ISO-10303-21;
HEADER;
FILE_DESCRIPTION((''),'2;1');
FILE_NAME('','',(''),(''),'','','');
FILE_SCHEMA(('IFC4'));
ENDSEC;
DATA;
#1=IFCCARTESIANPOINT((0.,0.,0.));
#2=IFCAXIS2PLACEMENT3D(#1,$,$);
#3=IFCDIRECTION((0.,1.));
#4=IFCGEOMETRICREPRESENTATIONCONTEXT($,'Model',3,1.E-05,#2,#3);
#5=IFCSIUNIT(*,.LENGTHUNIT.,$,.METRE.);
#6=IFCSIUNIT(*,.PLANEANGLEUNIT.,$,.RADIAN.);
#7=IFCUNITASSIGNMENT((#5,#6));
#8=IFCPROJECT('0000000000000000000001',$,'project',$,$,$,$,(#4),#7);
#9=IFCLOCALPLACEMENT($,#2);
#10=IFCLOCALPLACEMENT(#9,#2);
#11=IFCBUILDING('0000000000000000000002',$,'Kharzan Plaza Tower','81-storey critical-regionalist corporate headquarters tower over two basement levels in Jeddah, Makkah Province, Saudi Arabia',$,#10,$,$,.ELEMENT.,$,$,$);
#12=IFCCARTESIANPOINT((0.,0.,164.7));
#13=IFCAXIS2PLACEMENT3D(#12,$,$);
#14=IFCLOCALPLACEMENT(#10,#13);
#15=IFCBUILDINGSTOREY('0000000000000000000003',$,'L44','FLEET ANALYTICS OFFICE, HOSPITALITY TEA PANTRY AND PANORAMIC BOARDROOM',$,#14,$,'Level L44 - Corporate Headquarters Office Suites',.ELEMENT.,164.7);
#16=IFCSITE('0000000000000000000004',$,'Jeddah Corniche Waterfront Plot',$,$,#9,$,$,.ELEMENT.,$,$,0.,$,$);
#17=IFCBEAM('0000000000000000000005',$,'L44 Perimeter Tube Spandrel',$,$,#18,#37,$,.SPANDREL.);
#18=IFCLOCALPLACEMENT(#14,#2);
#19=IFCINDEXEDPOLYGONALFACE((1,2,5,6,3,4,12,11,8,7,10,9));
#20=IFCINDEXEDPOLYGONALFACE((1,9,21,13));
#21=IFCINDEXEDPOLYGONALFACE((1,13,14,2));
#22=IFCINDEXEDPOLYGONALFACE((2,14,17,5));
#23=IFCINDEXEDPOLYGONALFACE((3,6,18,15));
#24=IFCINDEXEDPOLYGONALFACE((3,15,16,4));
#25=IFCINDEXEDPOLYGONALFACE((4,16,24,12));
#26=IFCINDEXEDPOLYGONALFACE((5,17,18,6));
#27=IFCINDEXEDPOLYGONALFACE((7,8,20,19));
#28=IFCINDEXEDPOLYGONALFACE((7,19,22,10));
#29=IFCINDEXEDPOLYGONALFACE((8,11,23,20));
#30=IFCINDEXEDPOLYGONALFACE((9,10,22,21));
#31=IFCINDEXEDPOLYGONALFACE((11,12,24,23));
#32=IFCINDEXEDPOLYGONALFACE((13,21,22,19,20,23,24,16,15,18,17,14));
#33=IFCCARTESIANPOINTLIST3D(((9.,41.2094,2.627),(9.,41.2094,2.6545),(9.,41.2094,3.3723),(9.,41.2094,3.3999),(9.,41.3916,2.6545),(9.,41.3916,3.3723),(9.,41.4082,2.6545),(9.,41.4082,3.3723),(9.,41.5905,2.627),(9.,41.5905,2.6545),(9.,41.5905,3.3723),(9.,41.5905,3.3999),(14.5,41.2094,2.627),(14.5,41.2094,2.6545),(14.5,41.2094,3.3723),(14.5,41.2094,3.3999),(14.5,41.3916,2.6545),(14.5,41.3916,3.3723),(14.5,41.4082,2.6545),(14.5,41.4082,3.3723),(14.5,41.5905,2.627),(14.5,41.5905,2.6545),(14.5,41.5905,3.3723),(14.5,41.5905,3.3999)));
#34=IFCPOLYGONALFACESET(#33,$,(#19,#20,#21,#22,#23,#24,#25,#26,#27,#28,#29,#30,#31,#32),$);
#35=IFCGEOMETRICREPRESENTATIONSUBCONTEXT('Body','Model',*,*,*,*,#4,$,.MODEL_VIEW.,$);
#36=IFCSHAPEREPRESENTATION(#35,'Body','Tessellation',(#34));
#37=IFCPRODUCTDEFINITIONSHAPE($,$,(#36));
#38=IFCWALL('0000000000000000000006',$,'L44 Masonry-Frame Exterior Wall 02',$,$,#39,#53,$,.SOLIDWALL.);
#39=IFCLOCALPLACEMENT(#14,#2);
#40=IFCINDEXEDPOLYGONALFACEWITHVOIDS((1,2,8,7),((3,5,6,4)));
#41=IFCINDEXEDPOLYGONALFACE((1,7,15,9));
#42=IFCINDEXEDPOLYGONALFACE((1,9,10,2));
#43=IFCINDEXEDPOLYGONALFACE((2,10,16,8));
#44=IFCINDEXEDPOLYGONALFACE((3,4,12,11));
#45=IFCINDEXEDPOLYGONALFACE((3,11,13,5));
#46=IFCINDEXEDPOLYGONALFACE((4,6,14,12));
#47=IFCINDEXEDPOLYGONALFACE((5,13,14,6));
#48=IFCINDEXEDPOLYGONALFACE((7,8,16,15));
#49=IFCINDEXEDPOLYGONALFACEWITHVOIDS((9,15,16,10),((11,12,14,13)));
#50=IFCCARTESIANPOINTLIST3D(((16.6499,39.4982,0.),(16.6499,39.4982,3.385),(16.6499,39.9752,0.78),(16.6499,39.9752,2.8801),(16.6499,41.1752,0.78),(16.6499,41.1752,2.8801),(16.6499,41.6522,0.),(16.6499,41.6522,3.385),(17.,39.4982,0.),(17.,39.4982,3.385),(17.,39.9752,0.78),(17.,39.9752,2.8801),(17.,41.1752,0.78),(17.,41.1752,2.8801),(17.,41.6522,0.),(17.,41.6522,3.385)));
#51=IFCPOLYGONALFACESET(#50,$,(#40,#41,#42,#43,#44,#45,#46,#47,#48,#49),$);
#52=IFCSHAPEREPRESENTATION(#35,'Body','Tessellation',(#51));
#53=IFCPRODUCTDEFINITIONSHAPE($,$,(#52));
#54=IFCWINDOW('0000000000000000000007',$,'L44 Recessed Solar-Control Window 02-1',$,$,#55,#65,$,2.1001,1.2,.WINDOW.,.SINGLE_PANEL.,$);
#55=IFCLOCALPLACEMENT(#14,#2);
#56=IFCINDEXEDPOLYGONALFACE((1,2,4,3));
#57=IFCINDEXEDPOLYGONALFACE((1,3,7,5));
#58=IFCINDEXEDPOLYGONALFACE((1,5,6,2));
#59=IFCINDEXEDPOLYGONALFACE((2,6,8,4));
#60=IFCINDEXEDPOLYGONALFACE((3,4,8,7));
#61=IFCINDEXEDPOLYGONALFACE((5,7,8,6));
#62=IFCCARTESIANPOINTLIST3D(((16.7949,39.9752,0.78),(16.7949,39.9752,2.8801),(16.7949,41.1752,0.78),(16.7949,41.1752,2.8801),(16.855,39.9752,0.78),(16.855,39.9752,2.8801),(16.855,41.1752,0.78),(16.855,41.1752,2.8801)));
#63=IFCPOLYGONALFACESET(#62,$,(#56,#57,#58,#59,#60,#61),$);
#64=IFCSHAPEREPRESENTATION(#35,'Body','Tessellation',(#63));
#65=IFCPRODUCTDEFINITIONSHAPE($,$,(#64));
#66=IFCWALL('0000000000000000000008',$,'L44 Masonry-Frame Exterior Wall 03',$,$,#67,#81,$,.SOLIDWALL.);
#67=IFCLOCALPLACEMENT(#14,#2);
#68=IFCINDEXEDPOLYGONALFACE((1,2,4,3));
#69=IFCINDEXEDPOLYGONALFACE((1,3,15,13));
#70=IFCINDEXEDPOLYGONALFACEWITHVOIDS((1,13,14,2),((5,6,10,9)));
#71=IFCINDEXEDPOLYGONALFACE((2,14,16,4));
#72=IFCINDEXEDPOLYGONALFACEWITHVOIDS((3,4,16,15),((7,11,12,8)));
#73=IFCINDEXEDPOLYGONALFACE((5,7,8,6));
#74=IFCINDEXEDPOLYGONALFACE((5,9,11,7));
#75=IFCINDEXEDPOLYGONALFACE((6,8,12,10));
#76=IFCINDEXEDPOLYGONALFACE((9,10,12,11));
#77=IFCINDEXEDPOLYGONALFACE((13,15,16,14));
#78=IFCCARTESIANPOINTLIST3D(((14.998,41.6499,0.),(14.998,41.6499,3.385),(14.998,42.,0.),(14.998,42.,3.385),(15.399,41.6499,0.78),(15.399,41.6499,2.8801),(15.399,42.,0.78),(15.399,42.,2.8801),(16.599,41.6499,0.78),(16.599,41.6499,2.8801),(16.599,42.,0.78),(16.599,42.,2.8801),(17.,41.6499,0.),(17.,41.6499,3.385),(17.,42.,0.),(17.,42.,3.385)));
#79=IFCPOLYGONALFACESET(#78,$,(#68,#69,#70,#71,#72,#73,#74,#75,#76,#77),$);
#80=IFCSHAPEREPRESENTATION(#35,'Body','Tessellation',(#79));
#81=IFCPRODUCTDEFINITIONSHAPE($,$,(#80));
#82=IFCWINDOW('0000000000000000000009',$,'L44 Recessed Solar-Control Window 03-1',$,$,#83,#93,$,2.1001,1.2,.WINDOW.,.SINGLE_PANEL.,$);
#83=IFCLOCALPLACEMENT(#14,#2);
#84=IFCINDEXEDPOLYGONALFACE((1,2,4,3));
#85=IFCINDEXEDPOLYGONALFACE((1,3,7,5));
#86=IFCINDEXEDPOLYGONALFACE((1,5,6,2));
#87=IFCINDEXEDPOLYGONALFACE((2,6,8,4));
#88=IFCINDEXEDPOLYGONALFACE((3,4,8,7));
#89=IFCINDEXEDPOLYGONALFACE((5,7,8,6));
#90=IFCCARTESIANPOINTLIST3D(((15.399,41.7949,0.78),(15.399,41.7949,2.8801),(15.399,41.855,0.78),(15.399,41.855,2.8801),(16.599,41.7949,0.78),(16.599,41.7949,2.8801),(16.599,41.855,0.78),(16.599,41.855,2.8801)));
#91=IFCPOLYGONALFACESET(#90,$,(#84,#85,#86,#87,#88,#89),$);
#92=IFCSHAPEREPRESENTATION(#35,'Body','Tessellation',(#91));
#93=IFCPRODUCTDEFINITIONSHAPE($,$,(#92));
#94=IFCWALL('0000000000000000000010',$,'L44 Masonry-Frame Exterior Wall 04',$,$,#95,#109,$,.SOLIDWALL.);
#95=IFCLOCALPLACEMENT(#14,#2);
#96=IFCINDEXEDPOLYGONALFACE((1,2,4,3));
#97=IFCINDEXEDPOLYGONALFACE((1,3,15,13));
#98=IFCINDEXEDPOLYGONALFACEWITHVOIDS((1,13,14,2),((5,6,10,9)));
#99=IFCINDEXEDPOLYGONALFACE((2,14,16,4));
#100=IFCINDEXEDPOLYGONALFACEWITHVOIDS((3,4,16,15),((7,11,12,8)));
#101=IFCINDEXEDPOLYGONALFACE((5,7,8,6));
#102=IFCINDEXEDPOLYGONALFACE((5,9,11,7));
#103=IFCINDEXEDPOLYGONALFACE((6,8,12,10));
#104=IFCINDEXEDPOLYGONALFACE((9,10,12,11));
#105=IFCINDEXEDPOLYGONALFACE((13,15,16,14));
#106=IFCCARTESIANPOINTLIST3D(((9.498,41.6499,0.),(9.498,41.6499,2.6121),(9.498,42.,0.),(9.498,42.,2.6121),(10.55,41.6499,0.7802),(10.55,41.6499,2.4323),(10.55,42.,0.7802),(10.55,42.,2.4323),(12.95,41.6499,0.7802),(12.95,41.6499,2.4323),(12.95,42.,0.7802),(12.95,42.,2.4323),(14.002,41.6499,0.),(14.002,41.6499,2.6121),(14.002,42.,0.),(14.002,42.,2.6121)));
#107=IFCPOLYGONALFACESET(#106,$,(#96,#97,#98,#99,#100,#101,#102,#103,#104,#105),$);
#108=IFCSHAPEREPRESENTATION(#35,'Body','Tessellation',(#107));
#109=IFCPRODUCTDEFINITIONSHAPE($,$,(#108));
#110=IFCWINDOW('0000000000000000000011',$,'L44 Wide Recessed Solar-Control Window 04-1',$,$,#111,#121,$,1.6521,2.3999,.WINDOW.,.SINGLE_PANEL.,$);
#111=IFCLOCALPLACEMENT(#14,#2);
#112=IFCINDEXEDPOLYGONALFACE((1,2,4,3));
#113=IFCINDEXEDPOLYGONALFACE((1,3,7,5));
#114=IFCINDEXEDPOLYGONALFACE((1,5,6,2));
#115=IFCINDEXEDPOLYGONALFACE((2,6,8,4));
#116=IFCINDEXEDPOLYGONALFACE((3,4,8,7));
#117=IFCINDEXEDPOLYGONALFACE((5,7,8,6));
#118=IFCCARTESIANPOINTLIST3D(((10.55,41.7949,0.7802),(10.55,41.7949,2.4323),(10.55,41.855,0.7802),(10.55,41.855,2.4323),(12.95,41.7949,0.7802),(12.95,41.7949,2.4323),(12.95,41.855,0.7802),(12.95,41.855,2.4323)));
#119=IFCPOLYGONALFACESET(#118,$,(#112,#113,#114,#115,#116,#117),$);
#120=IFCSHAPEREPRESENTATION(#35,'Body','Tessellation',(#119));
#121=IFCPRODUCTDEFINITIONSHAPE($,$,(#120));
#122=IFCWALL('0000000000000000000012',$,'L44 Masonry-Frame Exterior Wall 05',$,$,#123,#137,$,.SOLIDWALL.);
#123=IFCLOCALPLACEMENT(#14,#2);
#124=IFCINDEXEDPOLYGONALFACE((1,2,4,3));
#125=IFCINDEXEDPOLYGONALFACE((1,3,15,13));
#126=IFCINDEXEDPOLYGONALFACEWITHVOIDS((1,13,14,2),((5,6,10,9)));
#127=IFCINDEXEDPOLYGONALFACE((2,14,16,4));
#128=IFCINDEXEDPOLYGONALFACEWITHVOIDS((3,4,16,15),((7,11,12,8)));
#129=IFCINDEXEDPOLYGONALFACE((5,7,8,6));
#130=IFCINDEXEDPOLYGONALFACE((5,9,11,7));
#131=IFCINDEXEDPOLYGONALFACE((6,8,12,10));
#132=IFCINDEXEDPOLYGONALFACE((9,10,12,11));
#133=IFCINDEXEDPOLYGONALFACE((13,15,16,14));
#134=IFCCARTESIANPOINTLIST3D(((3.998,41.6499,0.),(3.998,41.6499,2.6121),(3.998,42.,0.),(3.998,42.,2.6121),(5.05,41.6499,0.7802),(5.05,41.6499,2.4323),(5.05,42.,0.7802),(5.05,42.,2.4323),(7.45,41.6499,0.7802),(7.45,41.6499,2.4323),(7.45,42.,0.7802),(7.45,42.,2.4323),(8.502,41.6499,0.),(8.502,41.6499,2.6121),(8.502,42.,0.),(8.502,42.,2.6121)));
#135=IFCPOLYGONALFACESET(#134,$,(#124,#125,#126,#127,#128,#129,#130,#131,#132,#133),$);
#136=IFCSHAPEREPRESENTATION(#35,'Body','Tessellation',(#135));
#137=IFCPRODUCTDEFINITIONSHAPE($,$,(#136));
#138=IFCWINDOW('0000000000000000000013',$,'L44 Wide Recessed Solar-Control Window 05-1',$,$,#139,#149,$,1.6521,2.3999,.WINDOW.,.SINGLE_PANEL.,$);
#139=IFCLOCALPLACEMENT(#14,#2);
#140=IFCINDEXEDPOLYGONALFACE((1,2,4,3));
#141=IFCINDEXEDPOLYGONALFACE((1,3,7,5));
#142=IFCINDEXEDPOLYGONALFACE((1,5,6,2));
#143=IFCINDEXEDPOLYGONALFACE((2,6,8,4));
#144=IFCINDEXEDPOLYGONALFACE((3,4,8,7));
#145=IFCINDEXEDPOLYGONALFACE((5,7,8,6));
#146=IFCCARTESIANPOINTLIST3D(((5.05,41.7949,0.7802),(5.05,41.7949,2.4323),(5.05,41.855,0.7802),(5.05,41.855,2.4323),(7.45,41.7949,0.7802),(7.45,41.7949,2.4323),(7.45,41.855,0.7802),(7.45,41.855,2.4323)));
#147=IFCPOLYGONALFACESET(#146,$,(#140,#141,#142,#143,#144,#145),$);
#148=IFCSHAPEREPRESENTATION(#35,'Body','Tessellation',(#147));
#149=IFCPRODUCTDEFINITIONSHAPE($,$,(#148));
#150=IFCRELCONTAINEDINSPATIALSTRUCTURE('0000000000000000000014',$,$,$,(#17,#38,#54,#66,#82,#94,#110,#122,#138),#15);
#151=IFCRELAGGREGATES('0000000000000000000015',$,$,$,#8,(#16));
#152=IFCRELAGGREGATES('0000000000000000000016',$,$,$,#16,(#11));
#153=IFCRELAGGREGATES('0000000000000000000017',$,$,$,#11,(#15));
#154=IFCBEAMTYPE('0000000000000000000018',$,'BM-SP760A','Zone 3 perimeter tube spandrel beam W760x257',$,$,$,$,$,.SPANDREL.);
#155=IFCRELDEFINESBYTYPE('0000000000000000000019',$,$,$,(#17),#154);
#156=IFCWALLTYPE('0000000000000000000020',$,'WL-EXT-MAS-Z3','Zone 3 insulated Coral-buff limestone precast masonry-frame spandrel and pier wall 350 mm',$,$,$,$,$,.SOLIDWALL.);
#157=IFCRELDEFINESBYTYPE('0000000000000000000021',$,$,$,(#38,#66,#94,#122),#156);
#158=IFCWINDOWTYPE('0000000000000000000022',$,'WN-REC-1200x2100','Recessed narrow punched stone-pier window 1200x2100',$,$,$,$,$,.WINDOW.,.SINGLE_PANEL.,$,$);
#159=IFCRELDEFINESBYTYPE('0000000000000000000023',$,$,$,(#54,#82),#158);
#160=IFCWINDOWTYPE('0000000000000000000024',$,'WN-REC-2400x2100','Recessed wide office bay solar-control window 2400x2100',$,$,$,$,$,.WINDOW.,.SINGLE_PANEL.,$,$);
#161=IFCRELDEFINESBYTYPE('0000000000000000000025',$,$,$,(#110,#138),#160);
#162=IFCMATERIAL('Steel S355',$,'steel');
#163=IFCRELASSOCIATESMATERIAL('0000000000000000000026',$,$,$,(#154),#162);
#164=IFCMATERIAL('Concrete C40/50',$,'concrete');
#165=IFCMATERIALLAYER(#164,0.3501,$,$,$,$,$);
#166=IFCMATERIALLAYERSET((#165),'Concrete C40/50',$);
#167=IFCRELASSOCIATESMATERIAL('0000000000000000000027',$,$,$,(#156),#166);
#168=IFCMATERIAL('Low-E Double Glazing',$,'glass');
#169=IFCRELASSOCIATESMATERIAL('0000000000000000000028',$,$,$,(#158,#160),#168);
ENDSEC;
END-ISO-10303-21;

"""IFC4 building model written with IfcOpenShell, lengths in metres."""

from ifc_helpers import new_model, si_unit, direction, frame, frame_2d, origin, origin_2d, place, context, subcontext, project, spatial, rectangle, i_section, extrude, source, transform, mapped, material, layer, layer_set, material_profile, profile_set, type_object, element, fill, save


model = new_model("IFC4")

# Units and contexts
model_context = context("Model", 3, precision=1e-05, world=origin(), true_north=direction((0.0, 1.0)))
body_context = subcontext(model_context, "Body", "Model", "MODEL_VIEW")
ifc_project = project(units=[si_unit("LENGTHUNIT", "METRE"), si_unit("PLANEANGLEUNIT", "RADIAN")], contexts=[model_context])

# Site, building, storey
site_placement = place(None, origin())
site = spatial("IfcSite", under=ifc_project, at=site_placement, Name="Jeddah Corniche Waterfront Plot", CompositionType="ELEMENT", RefElevation=0.0)
building_placement = place(site_placement, origin())
building = spatial("IfcBuilding", under=site, at=building_placement, Name="Kharzan Plaza Tower", Description="81-storey critical-regionalist corporate headquarters tower over two basement levels in Jeddah, Makkah Province, Saudi Arabia", CompositionType="ELEMENT")
storey_placement = place(building_placement, frame((0.0, 0.0, 164.7)))
storey = spatial("IfcBuildingStorey", under=building, at=storey_placement, Name="L44", Description="FLEET ANALYTICS OFFICE, HOSPITALITY TEA PANTRY AND PANORAMIC BOARDROOM", LongName="Level L44 - Corporate Headquarters Office Suites", CompositionType="ELEMENT", Elevation=164.7)

# Beam
ifc_material_1 = material(Name="Steel S355", Category="steel")
ifc_material_profile_1 = material_profile(ifc_material_1, i_section(OverallWidth=0.3811, OverallDepth=0.7729, WebThickness=0.0166, FlangeThickness=0.0276, at=origin_2d()), Name="W760x257")
ifc_profile_set_1 = profile_set([ifc_material_profile_1], Name="Steel S355")
beam_type_1 = type_object("IfcBeamType", Name="BM-SP760A", Description="Zone 3 perimeter tube spandrel beam W760x257", PredefinedType="SPANDREL", material=ifc_profile_set_1)
shared_shape_1 = source(origin(), body_context, "Body", "SweptSolid", [
    extrude(i_section(OverallWidth=0.3811, OverallDepth=0.7729, WebThickness=0.0166, FlangeThickness=0.0276, at=origin_2d()), origin(), (0.0, 0.0, 1.0), 5.5),
])
for number, where, z_axis, x_axis, name in (
    (1, (9.0, 41.3999, 3.0134), (1.0, 0.0, 0.0), (0.0, 1.0, 0.0), "L44 Perimeter Tube Spandrel"),
):
    element("IfcBeam", number, at=place(storey_placement, frame(where, z_axis=z_axis, x_axis=x_axis)), inside=storey, type_object=beam_type_1, Name=name, PredefinedType="SPANDREL", context=body_context, shape_type="MappedRepresentation", body=[
        mapped(shared_shape_1, transform((0.0, 0.0, 0.0), x_axis=(1.0, 0.0, 0.0), y_axis=(0.0, 1.0, 0.0), z_axis=(0.0, 0.0, 1.0))),
    ])

# Walls, openings, windows
ifc_material_2 = material(Name="Concrete C40/50", Category="concrete")
ifc_layer_1 = layer(ifc_material_2, 0.3501)
ifc_layer_set_1 = layer_set([ifc_layer_1], Name="Concrete C40/50")
wall_type_1 = type_object("IfcWallType", Name="WL-EXT-MAS-Z3", Description="Zone 3 insulated Coral-buff limestone precast masonry-frame spandrel and pier wall 350 mm", PredefinedType="SOLIDWALL", material=ifc_layer_set_1)
wall_1_placement = place(storey_placement, frame((16.825, 39.498, 0.0), z_axis=(0.0, 0.0, 1.0), x_axis=(0.0, 1.0, 0.0)))
wall_1 = element("IfcWall", 2, at=wall_1_placement, inside=storey, type_object=wall_type_1, Name="L44 Masonry-Frame Exterior Wall 02", PredefinedType="SOLIDWALL", context=body_context, shape_type="SweptSolid", body=[
    extrude(rectangle(XDim=2.1541, YDim=0.3501, at=frame_2d((1.0771, 0.0))), origin(), (0.0, 0.0, 1.0), 3.385),
])
opening_1_placement = place(wall_1_placement, frame((0.4771, 0.0, 0.78)))
opening_1 = element("IfcOpeningElement", 3, at=opening_1_placement, cuts=wall_1, PredefinedType="OPENING", context=body_context, shape_type="SweptSolid", body=[
    extrude(rectangle(XDim=1.2, YDim=2.1001, at=frame_2d((0.6001, 1.05))), frame((0.0, 0.1851, 0.0), z_axis=(0.0, -1.0, 0.0), x_axis=(1.0, 0.0, 0.0)), (0.0, 0.0, 1.0), 0.3701),
])
ifc_material_3 = material(Name="Low-E Double Glazing", Category="glass")
window_type_1 = type_object("IfcWindowType", Name="WN-REC-1200x2100", Description="Recessed narrow punched stone-pier window 1200x2100", PartitioningType="SINGLE_PANEL", PredefinedType="WINDOW", material=ifc_material_3)
shared_shape_2 = source(origin(), body_context, "Body", "SweptSolid", [
    extrude(rectangle(XDim=1.2, YDim=2.1001, at=frame_2d((0.6001, 1.05))), frame((0.0, 0.03, 0.0), z_axis=(0.0, -1.0, 0.0), x_axis=(1.0, 0.0, 0.0)), (0.0, 0.0, 1.0), 0.0601),
])
window_1_placement = place(opening_1_placement, origin())
window_1 = element("IfcWindow", 4, at=window_1_placement, inside=storey, type_object=window_type_1, Name="L44 Recessed Solar-Control Window 02-1", OverallHeight=2.1001, OverallWidth=1.2, PartitioningType="SINGLE_PANEL", PredefinedType="WINDOW", context=body_context, shape_type="MappedRepresentation", body=[
    mapped(shared_shape_2, transform((0.0, 0.0, 0.0), x_axis=(1.0, 0.0, 0.0), y_axis=(0.0, 1.0, 0.0), z_axis=(0.0, 0.0, 1.0))),
])
fill(opening_1, window_1)
wall_2_placement = place(storey_placement, frame((17.0, 41.825, 0.0), z_axis=(0.0, 0.0, 1.0), x_axis=(-1.0, 0.0, 0.0)))
wall_2 = element("IfcWall", 5, at=wall_2_placement, inside=storey, type_object=wall_type_1, Name="L44 Masonry-Frame Exterior Wall 03", PredefinedType="SOLIDWALL", context=body_context, shape_type="SweptSolid", body=[
    extrude(rectangle(XDim=2.002, YDim=0.3501, at=frame_2d((1.001, 0.0))), origin(), (0.0, 0.0, 1.0), 3.385),
])
opening_2_placement = place(wall_2_placement, frame((0.4009, 0.0, 0.78)))
opening_2 = element("IfcOpeningElement", 6, at=opening_2_placement, cuts=wall_2, PredefinedType="OPENING", context=body_context, shape_type="SweptSolid", body=[
    extrude(rectangle(XDim=1.2, YDim=2.1001, at=frame_2d((0.6001, 1.05))), frame((0.0, 0.1851, 0.0), z_axis=(0.0, -1.0, 0.0), x_axis=(1.0, 0.0, 0.0)), (0.0, 0.0, 1.0), 0.3701),
])
window_2_placement = place(opening_2_placement, origin())
window_2 = element("IfcWindow", 7, at=window_2_placement, inside=storey, type_object=window_type_1, Name="L44 Recessed Solar-Control Window 03-1", OverallHeight=2.1001, OverallWidth=1.2, PartitioningType="SINGLE_PANEL", PredefinedType="WINDOW", context=body_context, shape_type="MappedRepresentation", body=[
    mapped(shared_shape_2, transform((0.0, 0.0, 0.0), x_axis=(1.0, 0.0, 0.0), y_axis=(0.0, 1.0, 0.0), z_axis=(0.0, 0.0, 1.0))),
])
fill(opening_2, window_2)
wall_3_placement = place(storey_placement, frame((14.002, 41.825, 0.0), z_axis=(0.0, 0.0, 1.0), x_axis=(-1.0, 0.0, 0.0)))
wall_3 = element("IfcWall", 8, at=wall_3_placement, inside=storey, type_object=wall_type_1, Name="L44 Masonry-Frame Exterior Wall 04", PredefinedType="SOLIDWALL", context=body_context, shape_type="SweptSolid", body=[
    extrude(rectangle(XDim=4.5039, YDim=0.3501, at=frame_2d((2.252, 0.0))), origin(), (0.0, 0.0, 1.0), 2.6121),
])
opening_3_placement = place(wall_3_placement, frame((1.052, 0.0, 0.78)))
opening_3 = element("IfcOpeningElement", 9, at=opening_3_placement, cuts=wall_3, PredefinedType="OPENING", context=body_context, shape_type="SweptSolid", body=[
    extrude(rectangle(XDim=2.3999, YDim=1.6521, at=frame_2d((1.2, 0.8262))), frame((0.0, 0.1851, 0.0), z_axis=(0.0, -1.0, 0.0), x_axis=(1.0, 0.0, 0.0)), (0.0, 0.0, 1.0), 0.3701),
])
window_type_2 = type_object("IfcWindowType", Name="WN-REC-2400x2100", Description="Recessed wide office bay solar-control window 2400x2100", PartitioningType="SINGLE_PANEL", PredefinedType="WINDOW", material=ifc_material_3)
shared_shape_3 = source(origin(), body_context, "Body", "SweptSolid", [
    extrude(rectangle(XDim=2.3999, YDim=1.6521, at=frame_2d((1.2, 0.8262))), frame((0.0, 0.03, 0.0), z_axis=(0.0, -1.0, 0.0), x_axis=(1.0, 0.0, 0.0)), (0.0, 0.0, 1.0), 0.0601),
])
window_3_placement = place(opening_3_placement, origin())
window_3 = element("IfcWindow", 10, at=window_3_placement, inside=storey, type_object=window_type_2, Name="L44 Wide Recessed Solar-Control Window 04-1", OverallHeight=1.6521, OverallWidth=2.3999, PartitioningType="SINGLE_PANEL", PredefinedType="WINDOW", context=body_context, shape_type="MappedRepresentation", body=[
    mapped(shared_shape_3, transform((0.0, 0.0, 0.0), x_axis=(1.0, 0.0, 0.0), y_axis=(0.0, 1.0, 0.0), z_axis=(0.0, 0.0, 1.0))),
])
fill(opening_3, window_3)
wall_4_placement = place(storey_placement, frame((8.502, 41.825, 0.0), z_axis=(0.0, 0.0, 1.0), x_axis=(-1.0, 0.0, 0.0)))
wall_4 = element("IfcWall", 11, at=wall_4_placement, inside=storey, type_object=wall_type_1, Name="L44 Masonry-Frame Exterior Wall 05", PredefinedType="SOLIDWALL", context=body_context, shape_type="SweptSolid", body=[
    extrude(rectangle(XDim=4.5039, YDim=0.3501, at=frame_2d((2.252, 0.0))), origin(), (0.0, 0.0, 1.0), 2.6121),
])
opening_4_placement = place(wall_4_placement, frame((1.052, 0.0, 0.78)))
opening_4 = element("IfcOpeningElement", 12, at=opening_4_placement, cuts=wall_4, PredefinedType="OPENING", context=body_context, shape_type="SweptSolid", body=[
    extrude(rectangle(XDim=2.3999, YDim=1.6521, at=frame_2d((1.2, 0.8262))), frame((0.0, 0.1851, 0.0), z_axis=(0.0, -1.0, 0.0), x_axis=(1.0, 0.0, 0.0)), (0.0, 0.0, 1.0), 0.3701),
])
window_4_placement = place(opening_4_placement, origin())
window_4 = element("IfcWindow", 13, at=window_4_placement, inside=storey, type_object=window_type_2, Name="L44 Wide Recessed Solar-Control Window 05-1", OverallHeight=1.6521, OverallWidth=2.3999, PartitioningType="SINGLE_PANEL", PredefinedType="WINDOW", context=body_context, shape_type="MappedRepresentation", body=[
    mapped(shared_shape_3, transform((0.0, 0.0, 0.0), x_axis=(1.0, 0.0, 0.0), y_axis=(0.0, 1.0, 0.0), z_axis=(0.0, 0.0, 1.0))),
])
fill(opening_4, window_4)

save(model, "model.ifc")
